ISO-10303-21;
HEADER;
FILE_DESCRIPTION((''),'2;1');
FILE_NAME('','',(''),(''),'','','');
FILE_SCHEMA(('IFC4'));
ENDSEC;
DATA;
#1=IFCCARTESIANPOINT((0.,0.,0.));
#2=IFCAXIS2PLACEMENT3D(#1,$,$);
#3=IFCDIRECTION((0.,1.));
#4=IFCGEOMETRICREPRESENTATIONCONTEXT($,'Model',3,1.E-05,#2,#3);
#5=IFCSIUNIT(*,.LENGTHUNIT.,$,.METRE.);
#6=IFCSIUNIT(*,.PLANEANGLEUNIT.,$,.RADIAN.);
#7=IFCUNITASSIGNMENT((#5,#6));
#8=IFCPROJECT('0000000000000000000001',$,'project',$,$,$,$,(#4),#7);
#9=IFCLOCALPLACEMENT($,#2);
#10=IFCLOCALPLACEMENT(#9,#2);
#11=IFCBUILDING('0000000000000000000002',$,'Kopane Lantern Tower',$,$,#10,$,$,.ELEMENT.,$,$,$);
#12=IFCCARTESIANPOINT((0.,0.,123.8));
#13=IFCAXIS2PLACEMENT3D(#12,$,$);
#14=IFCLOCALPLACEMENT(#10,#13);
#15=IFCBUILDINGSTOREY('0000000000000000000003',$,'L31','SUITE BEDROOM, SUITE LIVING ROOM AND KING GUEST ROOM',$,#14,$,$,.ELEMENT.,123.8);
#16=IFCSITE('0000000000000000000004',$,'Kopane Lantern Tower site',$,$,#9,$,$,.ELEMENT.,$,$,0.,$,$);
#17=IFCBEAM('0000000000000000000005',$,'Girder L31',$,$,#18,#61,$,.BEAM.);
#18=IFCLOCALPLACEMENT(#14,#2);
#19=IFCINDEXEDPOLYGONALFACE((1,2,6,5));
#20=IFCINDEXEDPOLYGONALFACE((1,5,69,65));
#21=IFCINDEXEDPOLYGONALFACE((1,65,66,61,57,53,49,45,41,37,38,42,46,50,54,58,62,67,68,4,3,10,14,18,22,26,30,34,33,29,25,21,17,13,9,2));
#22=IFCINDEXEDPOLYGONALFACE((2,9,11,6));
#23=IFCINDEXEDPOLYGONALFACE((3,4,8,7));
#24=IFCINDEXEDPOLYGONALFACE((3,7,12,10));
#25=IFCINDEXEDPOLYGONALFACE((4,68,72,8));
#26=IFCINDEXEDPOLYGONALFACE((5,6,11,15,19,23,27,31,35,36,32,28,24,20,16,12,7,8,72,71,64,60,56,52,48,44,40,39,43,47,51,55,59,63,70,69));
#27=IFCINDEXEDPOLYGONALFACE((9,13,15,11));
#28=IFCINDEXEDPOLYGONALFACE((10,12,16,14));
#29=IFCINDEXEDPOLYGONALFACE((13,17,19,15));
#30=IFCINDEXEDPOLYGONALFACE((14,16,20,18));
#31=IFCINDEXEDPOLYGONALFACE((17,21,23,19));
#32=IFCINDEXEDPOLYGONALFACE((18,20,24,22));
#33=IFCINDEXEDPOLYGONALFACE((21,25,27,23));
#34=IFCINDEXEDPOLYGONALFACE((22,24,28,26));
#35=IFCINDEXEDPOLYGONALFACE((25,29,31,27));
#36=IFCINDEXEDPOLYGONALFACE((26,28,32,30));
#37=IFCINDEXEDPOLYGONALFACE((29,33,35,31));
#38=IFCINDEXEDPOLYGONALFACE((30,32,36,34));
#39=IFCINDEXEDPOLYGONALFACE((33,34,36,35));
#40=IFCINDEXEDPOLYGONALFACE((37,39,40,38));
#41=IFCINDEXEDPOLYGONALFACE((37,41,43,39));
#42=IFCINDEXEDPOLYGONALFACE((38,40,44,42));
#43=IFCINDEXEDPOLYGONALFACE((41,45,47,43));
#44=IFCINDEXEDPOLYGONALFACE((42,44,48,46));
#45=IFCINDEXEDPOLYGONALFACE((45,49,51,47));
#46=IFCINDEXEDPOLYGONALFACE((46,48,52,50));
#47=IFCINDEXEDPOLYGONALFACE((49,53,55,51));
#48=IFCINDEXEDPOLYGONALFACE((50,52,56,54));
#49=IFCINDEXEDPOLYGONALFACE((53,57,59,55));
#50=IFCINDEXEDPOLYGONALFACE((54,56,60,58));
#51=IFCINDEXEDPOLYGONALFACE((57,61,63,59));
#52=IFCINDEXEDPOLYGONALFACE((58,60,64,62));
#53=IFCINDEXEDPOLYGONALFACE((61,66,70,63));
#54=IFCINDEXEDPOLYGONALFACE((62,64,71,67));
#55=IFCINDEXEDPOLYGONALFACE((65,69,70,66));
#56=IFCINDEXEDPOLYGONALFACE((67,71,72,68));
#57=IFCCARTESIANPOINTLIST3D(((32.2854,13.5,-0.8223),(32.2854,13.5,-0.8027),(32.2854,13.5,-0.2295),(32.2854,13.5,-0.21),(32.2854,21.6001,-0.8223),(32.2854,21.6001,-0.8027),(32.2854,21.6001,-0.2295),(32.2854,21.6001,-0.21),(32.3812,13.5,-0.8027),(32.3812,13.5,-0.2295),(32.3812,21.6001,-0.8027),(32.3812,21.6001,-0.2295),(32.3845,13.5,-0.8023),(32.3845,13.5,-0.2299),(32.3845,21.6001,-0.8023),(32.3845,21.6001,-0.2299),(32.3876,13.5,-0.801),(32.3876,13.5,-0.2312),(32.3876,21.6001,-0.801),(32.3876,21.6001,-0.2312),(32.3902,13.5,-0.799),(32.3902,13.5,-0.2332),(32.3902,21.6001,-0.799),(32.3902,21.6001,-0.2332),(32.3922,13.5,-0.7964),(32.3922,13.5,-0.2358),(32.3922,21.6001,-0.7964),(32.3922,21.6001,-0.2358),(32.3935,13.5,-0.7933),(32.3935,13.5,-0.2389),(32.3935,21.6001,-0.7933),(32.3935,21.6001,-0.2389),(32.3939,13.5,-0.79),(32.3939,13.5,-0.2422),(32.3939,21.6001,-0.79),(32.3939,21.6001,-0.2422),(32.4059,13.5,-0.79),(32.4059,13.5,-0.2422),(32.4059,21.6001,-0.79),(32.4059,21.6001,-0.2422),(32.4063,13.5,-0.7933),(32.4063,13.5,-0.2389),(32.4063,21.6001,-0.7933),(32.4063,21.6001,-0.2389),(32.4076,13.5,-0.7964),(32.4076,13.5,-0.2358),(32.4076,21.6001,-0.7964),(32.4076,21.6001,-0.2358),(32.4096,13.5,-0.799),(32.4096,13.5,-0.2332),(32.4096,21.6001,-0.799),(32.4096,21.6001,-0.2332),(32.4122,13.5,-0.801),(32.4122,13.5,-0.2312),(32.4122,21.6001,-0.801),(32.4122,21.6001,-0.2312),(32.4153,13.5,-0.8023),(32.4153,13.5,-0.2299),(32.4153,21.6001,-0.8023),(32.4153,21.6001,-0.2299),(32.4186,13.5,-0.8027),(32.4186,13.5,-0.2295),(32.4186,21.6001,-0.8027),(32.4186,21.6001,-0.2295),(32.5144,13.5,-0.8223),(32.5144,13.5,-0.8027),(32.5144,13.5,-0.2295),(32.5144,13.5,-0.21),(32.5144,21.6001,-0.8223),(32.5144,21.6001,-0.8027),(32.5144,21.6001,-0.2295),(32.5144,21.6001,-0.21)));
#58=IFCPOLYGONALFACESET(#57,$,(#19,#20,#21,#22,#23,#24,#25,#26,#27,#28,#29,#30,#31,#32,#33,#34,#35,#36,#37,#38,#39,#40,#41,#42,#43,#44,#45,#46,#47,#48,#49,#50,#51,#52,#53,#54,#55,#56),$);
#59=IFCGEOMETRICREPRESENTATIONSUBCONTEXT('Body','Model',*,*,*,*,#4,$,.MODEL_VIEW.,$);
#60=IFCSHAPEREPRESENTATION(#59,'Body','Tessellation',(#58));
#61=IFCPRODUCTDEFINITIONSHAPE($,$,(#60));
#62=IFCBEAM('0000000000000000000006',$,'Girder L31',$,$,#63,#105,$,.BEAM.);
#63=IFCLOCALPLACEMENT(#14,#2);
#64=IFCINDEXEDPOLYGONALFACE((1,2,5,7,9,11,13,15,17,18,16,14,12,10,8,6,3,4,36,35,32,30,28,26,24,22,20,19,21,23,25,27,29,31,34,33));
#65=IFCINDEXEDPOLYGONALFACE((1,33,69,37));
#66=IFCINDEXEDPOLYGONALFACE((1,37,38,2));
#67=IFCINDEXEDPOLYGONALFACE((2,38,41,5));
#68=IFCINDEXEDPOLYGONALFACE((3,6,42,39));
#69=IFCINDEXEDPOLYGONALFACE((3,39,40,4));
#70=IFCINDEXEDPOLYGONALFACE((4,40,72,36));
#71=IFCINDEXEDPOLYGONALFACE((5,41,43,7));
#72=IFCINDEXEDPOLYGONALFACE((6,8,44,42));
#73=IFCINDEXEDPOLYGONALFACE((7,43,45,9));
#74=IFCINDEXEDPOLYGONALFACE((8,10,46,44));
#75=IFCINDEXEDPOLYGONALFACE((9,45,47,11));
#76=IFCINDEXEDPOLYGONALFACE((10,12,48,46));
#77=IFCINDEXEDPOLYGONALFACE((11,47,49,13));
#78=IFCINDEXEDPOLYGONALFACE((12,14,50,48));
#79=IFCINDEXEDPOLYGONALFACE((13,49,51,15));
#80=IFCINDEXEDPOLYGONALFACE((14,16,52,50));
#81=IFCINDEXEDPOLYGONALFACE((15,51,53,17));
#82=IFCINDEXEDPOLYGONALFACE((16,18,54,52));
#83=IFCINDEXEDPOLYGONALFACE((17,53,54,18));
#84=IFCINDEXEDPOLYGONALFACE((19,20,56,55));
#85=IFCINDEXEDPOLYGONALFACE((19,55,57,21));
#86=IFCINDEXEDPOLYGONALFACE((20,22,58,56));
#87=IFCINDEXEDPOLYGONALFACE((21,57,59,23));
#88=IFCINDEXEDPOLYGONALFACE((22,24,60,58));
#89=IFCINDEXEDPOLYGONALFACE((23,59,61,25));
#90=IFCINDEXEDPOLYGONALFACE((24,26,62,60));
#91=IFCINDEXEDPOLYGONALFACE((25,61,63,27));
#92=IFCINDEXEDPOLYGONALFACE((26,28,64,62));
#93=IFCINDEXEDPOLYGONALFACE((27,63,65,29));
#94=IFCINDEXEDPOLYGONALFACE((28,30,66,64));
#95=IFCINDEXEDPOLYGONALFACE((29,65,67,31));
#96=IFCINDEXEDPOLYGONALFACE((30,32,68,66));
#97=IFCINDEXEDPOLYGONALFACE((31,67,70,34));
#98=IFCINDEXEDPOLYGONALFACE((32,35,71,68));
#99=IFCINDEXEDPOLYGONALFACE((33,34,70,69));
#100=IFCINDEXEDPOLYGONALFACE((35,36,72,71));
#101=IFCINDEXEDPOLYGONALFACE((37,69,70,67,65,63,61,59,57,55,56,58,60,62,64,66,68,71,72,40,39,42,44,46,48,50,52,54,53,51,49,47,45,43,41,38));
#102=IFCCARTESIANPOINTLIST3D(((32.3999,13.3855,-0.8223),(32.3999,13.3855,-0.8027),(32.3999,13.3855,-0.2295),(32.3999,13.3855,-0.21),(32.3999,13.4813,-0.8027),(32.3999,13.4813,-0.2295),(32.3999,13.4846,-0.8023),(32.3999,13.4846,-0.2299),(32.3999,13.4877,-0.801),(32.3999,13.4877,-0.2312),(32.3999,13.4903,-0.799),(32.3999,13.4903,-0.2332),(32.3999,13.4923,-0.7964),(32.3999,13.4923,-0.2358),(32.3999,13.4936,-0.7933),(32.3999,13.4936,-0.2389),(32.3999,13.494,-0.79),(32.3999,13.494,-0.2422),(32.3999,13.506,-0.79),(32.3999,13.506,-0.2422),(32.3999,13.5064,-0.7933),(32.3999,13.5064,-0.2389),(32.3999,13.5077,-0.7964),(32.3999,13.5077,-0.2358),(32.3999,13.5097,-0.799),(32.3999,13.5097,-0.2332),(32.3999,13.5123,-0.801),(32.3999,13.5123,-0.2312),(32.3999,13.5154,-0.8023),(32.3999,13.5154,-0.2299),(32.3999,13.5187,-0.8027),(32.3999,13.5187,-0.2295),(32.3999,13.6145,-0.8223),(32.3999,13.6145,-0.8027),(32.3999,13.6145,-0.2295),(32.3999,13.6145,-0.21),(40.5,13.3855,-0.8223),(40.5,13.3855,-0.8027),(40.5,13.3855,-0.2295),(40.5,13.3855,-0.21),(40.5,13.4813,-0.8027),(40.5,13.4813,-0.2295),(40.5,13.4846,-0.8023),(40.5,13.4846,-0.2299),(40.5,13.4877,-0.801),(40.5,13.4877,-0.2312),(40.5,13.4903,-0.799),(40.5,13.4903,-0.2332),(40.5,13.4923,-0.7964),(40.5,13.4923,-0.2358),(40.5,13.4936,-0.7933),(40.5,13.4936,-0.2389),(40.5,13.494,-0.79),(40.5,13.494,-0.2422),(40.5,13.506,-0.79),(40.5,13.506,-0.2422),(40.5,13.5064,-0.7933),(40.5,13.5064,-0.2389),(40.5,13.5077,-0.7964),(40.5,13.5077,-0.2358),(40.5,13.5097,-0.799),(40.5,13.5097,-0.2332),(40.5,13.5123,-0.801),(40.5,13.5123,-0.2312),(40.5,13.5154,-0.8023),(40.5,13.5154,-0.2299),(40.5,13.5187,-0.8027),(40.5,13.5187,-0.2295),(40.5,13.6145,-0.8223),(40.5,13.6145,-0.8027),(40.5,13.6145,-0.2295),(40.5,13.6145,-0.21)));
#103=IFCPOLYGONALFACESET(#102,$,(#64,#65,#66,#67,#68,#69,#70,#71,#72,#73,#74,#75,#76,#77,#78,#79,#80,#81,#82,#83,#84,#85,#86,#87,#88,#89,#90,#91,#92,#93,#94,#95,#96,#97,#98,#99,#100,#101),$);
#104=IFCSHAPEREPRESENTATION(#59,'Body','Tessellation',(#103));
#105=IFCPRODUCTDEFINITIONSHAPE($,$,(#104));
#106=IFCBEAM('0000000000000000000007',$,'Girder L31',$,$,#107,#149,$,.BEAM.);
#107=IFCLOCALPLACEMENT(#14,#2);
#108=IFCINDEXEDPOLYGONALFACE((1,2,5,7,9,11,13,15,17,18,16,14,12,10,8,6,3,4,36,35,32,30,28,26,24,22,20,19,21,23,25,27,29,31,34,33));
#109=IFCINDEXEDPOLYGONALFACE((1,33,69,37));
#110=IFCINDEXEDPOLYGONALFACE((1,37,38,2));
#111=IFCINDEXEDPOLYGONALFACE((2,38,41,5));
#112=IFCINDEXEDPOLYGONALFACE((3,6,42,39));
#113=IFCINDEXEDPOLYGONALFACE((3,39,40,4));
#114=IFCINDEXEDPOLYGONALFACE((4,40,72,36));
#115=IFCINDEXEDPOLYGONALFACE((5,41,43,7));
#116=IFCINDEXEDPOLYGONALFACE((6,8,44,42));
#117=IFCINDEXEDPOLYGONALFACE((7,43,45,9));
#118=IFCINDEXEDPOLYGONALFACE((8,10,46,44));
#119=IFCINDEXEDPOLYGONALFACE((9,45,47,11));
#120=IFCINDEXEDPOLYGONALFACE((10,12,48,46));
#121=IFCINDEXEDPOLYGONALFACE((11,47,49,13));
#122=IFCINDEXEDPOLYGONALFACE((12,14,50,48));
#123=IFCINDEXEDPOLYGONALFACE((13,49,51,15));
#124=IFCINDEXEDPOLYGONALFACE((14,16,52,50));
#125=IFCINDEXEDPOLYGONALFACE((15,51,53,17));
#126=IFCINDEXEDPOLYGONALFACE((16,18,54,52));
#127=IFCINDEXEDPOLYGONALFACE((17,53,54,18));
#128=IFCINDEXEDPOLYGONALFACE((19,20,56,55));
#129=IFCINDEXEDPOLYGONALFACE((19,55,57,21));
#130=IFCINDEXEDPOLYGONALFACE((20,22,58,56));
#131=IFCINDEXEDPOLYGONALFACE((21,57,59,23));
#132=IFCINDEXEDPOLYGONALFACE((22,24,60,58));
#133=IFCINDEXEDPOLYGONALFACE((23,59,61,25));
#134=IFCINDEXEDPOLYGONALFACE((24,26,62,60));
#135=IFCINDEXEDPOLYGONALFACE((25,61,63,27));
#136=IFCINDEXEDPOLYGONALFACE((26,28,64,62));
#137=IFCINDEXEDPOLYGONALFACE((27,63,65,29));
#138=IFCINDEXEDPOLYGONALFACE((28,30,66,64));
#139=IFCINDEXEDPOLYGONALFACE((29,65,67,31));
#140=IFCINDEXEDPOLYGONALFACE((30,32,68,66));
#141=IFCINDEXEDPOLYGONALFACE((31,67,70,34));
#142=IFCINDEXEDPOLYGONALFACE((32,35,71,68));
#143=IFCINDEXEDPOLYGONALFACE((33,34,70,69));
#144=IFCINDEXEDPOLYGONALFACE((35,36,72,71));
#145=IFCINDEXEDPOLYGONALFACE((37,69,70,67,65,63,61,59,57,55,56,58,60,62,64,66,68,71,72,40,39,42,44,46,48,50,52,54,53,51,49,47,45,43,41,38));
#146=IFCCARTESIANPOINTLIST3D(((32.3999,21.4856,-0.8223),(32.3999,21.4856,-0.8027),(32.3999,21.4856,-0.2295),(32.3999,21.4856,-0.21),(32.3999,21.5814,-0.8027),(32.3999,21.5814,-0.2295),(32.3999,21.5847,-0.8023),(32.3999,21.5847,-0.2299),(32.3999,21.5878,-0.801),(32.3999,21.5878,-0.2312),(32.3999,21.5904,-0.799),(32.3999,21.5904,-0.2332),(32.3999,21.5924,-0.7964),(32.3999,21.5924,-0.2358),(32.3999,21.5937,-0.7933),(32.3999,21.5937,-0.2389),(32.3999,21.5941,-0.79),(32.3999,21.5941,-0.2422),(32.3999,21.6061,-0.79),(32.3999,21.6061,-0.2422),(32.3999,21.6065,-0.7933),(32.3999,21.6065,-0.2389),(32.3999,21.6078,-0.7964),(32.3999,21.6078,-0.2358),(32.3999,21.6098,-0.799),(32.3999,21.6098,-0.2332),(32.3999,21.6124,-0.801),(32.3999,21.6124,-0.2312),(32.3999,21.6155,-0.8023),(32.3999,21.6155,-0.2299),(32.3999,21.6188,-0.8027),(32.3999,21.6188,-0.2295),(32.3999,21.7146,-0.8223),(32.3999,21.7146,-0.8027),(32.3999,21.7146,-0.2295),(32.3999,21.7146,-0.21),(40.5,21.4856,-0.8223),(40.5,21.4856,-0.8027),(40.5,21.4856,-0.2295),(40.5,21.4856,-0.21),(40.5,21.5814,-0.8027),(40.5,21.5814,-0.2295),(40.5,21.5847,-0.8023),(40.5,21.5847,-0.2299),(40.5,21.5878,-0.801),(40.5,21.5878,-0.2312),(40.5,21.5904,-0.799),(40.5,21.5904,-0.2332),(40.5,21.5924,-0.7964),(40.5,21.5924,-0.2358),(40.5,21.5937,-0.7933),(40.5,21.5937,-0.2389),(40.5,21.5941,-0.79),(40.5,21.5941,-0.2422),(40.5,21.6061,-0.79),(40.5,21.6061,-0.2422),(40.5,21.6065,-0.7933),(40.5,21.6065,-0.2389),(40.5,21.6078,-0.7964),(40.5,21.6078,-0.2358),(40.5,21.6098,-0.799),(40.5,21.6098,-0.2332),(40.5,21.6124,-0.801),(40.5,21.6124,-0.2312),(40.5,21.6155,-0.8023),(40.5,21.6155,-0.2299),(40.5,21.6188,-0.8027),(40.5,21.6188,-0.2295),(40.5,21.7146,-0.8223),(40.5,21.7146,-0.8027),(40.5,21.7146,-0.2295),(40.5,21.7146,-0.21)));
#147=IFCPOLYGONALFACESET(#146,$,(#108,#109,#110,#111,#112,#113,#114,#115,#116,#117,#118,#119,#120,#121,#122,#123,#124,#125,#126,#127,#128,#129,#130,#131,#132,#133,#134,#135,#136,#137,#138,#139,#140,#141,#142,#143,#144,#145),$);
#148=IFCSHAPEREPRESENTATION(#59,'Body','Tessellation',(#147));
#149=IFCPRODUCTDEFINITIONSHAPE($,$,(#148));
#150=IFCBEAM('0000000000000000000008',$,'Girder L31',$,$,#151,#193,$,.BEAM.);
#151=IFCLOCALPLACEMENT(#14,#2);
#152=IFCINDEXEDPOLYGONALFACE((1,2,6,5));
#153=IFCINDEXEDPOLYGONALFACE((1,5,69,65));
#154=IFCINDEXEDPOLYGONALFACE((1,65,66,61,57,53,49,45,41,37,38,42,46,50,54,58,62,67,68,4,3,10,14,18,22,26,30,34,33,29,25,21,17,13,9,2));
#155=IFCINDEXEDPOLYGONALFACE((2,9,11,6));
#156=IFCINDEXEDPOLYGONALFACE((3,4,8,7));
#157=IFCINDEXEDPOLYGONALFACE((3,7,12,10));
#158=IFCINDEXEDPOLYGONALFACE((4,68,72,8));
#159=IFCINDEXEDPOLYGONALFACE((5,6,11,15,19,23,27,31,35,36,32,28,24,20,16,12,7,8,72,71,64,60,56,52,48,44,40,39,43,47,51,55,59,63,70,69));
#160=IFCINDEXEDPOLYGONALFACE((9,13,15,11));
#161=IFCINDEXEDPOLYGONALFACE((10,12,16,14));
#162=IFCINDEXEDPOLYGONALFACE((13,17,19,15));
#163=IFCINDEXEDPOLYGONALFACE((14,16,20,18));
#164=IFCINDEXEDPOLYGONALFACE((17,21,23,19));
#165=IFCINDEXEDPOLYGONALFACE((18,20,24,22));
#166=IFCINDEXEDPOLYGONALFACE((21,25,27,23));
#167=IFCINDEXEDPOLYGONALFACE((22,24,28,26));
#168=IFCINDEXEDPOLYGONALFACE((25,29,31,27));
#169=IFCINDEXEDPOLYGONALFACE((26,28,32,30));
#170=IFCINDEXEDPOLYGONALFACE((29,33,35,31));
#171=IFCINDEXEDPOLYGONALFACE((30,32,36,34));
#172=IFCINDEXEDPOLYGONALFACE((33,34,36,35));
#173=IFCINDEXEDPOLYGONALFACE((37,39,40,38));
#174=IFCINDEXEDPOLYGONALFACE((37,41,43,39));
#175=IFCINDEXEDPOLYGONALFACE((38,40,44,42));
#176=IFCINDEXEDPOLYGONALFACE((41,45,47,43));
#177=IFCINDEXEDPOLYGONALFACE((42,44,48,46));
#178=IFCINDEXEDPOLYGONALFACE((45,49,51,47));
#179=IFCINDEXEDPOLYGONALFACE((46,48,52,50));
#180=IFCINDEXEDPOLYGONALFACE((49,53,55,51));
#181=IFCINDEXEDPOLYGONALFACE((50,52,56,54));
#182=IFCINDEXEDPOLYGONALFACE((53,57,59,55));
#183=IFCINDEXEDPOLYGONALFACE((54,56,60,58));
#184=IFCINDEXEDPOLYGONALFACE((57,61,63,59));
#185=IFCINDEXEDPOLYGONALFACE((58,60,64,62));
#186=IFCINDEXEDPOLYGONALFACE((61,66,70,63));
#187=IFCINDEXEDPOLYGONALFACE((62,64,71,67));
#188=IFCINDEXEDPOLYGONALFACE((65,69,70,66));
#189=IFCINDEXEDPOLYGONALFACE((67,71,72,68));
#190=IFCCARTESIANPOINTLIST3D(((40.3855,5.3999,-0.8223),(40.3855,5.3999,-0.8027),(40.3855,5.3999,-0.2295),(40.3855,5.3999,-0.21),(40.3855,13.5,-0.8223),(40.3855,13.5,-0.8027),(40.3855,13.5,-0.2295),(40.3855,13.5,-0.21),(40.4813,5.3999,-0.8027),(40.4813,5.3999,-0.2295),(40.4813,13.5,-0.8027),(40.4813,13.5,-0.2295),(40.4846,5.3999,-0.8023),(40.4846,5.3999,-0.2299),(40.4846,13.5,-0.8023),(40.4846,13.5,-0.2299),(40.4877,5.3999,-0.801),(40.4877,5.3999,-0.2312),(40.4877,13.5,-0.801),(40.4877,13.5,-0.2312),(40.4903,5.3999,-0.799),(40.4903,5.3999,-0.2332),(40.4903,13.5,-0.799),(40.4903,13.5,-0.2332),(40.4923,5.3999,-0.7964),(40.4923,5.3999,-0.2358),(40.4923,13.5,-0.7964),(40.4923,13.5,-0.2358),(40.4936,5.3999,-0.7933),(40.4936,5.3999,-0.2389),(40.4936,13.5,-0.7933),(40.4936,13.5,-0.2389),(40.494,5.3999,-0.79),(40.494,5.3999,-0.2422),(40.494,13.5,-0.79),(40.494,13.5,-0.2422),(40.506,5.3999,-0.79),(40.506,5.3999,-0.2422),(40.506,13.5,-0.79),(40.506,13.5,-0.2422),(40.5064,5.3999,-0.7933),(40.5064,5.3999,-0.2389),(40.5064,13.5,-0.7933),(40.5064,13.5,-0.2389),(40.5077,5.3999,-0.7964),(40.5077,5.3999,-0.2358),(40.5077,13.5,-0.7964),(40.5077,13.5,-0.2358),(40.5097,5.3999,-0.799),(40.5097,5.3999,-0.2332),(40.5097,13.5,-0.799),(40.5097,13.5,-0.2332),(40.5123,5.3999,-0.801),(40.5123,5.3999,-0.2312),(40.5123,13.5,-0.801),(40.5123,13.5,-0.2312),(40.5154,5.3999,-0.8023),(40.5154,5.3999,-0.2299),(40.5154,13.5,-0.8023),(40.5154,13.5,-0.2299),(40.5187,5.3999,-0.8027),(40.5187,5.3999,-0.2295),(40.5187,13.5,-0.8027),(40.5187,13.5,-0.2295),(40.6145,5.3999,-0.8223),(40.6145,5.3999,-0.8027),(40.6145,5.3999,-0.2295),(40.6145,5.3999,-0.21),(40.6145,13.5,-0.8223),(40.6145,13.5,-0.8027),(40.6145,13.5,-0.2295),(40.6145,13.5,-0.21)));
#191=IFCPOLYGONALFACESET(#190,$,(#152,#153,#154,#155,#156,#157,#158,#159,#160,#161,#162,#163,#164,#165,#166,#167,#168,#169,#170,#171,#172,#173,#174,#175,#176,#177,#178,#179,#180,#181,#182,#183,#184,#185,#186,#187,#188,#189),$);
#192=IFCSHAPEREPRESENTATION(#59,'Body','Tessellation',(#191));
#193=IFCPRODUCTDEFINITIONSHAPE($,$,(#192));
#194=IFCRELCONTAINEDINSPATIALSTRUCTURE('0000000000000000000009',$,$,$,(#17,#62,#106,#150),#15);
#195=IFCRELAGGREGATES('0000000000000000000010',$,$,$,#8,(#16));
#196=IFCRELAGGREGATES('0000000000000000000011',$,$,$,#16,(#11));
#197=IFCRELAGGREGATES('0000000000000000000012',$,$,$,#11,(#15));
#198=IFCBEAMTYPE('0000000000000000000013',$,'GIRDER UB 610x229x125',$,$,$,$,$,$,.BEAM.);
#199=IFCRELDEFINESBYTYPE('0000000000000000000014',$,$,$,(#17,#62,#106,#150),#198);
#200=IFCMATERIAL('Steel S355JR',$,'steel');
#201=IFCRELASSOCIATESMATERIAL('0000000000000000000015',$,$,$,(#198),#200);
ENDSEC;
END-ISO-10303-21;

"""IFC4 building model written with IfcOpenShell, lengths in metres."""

from ifc_helpers import new_model, si_unit, direction, frame, origin, origin_2d, place, context, subcontext, project, spatial, i_section, extrude, material, material_profile, profile_set, type_object, element, save


model = new_model("IFC4")

# Units and contexts
model_context = context("Model", 3, precision=1e-05, world=origin(), true_north=direction((0.0, 1.0)))
body_context = subcontext(model_context, "Body", "Model", "MODEL_VIEW")
ifc_project = project(units=[si_unit("LENGTHUNIT", "METRE"), si_unit("PLANEANGLEUNIT", "RADIAN")], contexts=[model_context])

# Site, building, storey
site_placement = place(None, origin())
site = spatial("IfcSite", under=ifc_project, at=site_placement, Name="Kopane Lantern Tower site", CompositionType="ELEMENT", RefElevation=0.0)
building_placement = place(site_placement, origin())
building = spatial("IfcBuilding", under=site, at=building_placement, Name="Kopane Lantern Tower", CompositionType="ELEMENT")
storey_placement = place(building_placement, frame((0.0, 0.0, 123.8)))
storey = spatial("IfcBuildingStorey", under=building, at=storey_placement, Name="L31", Description="SUITE BEDROOM, SUITE LIVING ROOM AND KING GUEST ROOM", CompositionType="ELEMENT", Elevation=123.8)

# Beams
ifc_material_1 = material(Name="Steel S355JR", Category="steel")
ifc_material_profile_1 = material_profile(ifc_material_1, i_section(OverallWidth=0.229, OverallDepth=0.6123, WebThickness=0.012, FlangeThickness=0.0195, FilletRadius=0.0127, at=origin_2d()), Name="UB 610x229x125")
ifc_profile_set_1 = profile_set([ifc_material_profile_1], Name="Steel S355JR")
beam_type_1 = type_object("IfcBeamType", Name="GIRDER UB 610x229x125", PredefinedType="BEAM", material=ifc_profile_set_1)
for number, where, z_axis, x_axis, name in (
    (1, (32.3999, 13.5, -0.5161), (0.0, 1.0, 0.0), (-1.0, 0.0, 0.0), "Girder L31"),
    (2, (32.3999, 13.5, -0.5161), (1.0, 0.0, 0.0), (0.0, 1.0, 0.0), "Girder L31"),
    (3, (32.3999, 21.6001, -0.5161), (1.0, 0.0, 0.0), (0.0, 1.0, 0.0), "Girder L31"),
    (4, (40.5, 5.3999, -0.5161), (0.0, 1.0, 0.0), (-1.0, 0.0, 0.0), "Girder L31"),
):
    element("IfcBeam", number, at=place(storey_placement, frame(where, z_axis=z_axis, x_axis=x_axis)), inside=storey, type_object=beam_type_1, Name=name, PredefinedType="BEAM", context=body_context, shape_type="SweptSolid", body=[
        extrude(i_section(OverallWidth=0.229, OverallDepth=0.6123, WebThickness=0.012, FlangeThickness=0.0195, FilletRadius=0.0127, at=origin_2d()), origin(), (0.0, 0.0, 1.0), 8.1001),
    ])

save(model, "model.ifc")
